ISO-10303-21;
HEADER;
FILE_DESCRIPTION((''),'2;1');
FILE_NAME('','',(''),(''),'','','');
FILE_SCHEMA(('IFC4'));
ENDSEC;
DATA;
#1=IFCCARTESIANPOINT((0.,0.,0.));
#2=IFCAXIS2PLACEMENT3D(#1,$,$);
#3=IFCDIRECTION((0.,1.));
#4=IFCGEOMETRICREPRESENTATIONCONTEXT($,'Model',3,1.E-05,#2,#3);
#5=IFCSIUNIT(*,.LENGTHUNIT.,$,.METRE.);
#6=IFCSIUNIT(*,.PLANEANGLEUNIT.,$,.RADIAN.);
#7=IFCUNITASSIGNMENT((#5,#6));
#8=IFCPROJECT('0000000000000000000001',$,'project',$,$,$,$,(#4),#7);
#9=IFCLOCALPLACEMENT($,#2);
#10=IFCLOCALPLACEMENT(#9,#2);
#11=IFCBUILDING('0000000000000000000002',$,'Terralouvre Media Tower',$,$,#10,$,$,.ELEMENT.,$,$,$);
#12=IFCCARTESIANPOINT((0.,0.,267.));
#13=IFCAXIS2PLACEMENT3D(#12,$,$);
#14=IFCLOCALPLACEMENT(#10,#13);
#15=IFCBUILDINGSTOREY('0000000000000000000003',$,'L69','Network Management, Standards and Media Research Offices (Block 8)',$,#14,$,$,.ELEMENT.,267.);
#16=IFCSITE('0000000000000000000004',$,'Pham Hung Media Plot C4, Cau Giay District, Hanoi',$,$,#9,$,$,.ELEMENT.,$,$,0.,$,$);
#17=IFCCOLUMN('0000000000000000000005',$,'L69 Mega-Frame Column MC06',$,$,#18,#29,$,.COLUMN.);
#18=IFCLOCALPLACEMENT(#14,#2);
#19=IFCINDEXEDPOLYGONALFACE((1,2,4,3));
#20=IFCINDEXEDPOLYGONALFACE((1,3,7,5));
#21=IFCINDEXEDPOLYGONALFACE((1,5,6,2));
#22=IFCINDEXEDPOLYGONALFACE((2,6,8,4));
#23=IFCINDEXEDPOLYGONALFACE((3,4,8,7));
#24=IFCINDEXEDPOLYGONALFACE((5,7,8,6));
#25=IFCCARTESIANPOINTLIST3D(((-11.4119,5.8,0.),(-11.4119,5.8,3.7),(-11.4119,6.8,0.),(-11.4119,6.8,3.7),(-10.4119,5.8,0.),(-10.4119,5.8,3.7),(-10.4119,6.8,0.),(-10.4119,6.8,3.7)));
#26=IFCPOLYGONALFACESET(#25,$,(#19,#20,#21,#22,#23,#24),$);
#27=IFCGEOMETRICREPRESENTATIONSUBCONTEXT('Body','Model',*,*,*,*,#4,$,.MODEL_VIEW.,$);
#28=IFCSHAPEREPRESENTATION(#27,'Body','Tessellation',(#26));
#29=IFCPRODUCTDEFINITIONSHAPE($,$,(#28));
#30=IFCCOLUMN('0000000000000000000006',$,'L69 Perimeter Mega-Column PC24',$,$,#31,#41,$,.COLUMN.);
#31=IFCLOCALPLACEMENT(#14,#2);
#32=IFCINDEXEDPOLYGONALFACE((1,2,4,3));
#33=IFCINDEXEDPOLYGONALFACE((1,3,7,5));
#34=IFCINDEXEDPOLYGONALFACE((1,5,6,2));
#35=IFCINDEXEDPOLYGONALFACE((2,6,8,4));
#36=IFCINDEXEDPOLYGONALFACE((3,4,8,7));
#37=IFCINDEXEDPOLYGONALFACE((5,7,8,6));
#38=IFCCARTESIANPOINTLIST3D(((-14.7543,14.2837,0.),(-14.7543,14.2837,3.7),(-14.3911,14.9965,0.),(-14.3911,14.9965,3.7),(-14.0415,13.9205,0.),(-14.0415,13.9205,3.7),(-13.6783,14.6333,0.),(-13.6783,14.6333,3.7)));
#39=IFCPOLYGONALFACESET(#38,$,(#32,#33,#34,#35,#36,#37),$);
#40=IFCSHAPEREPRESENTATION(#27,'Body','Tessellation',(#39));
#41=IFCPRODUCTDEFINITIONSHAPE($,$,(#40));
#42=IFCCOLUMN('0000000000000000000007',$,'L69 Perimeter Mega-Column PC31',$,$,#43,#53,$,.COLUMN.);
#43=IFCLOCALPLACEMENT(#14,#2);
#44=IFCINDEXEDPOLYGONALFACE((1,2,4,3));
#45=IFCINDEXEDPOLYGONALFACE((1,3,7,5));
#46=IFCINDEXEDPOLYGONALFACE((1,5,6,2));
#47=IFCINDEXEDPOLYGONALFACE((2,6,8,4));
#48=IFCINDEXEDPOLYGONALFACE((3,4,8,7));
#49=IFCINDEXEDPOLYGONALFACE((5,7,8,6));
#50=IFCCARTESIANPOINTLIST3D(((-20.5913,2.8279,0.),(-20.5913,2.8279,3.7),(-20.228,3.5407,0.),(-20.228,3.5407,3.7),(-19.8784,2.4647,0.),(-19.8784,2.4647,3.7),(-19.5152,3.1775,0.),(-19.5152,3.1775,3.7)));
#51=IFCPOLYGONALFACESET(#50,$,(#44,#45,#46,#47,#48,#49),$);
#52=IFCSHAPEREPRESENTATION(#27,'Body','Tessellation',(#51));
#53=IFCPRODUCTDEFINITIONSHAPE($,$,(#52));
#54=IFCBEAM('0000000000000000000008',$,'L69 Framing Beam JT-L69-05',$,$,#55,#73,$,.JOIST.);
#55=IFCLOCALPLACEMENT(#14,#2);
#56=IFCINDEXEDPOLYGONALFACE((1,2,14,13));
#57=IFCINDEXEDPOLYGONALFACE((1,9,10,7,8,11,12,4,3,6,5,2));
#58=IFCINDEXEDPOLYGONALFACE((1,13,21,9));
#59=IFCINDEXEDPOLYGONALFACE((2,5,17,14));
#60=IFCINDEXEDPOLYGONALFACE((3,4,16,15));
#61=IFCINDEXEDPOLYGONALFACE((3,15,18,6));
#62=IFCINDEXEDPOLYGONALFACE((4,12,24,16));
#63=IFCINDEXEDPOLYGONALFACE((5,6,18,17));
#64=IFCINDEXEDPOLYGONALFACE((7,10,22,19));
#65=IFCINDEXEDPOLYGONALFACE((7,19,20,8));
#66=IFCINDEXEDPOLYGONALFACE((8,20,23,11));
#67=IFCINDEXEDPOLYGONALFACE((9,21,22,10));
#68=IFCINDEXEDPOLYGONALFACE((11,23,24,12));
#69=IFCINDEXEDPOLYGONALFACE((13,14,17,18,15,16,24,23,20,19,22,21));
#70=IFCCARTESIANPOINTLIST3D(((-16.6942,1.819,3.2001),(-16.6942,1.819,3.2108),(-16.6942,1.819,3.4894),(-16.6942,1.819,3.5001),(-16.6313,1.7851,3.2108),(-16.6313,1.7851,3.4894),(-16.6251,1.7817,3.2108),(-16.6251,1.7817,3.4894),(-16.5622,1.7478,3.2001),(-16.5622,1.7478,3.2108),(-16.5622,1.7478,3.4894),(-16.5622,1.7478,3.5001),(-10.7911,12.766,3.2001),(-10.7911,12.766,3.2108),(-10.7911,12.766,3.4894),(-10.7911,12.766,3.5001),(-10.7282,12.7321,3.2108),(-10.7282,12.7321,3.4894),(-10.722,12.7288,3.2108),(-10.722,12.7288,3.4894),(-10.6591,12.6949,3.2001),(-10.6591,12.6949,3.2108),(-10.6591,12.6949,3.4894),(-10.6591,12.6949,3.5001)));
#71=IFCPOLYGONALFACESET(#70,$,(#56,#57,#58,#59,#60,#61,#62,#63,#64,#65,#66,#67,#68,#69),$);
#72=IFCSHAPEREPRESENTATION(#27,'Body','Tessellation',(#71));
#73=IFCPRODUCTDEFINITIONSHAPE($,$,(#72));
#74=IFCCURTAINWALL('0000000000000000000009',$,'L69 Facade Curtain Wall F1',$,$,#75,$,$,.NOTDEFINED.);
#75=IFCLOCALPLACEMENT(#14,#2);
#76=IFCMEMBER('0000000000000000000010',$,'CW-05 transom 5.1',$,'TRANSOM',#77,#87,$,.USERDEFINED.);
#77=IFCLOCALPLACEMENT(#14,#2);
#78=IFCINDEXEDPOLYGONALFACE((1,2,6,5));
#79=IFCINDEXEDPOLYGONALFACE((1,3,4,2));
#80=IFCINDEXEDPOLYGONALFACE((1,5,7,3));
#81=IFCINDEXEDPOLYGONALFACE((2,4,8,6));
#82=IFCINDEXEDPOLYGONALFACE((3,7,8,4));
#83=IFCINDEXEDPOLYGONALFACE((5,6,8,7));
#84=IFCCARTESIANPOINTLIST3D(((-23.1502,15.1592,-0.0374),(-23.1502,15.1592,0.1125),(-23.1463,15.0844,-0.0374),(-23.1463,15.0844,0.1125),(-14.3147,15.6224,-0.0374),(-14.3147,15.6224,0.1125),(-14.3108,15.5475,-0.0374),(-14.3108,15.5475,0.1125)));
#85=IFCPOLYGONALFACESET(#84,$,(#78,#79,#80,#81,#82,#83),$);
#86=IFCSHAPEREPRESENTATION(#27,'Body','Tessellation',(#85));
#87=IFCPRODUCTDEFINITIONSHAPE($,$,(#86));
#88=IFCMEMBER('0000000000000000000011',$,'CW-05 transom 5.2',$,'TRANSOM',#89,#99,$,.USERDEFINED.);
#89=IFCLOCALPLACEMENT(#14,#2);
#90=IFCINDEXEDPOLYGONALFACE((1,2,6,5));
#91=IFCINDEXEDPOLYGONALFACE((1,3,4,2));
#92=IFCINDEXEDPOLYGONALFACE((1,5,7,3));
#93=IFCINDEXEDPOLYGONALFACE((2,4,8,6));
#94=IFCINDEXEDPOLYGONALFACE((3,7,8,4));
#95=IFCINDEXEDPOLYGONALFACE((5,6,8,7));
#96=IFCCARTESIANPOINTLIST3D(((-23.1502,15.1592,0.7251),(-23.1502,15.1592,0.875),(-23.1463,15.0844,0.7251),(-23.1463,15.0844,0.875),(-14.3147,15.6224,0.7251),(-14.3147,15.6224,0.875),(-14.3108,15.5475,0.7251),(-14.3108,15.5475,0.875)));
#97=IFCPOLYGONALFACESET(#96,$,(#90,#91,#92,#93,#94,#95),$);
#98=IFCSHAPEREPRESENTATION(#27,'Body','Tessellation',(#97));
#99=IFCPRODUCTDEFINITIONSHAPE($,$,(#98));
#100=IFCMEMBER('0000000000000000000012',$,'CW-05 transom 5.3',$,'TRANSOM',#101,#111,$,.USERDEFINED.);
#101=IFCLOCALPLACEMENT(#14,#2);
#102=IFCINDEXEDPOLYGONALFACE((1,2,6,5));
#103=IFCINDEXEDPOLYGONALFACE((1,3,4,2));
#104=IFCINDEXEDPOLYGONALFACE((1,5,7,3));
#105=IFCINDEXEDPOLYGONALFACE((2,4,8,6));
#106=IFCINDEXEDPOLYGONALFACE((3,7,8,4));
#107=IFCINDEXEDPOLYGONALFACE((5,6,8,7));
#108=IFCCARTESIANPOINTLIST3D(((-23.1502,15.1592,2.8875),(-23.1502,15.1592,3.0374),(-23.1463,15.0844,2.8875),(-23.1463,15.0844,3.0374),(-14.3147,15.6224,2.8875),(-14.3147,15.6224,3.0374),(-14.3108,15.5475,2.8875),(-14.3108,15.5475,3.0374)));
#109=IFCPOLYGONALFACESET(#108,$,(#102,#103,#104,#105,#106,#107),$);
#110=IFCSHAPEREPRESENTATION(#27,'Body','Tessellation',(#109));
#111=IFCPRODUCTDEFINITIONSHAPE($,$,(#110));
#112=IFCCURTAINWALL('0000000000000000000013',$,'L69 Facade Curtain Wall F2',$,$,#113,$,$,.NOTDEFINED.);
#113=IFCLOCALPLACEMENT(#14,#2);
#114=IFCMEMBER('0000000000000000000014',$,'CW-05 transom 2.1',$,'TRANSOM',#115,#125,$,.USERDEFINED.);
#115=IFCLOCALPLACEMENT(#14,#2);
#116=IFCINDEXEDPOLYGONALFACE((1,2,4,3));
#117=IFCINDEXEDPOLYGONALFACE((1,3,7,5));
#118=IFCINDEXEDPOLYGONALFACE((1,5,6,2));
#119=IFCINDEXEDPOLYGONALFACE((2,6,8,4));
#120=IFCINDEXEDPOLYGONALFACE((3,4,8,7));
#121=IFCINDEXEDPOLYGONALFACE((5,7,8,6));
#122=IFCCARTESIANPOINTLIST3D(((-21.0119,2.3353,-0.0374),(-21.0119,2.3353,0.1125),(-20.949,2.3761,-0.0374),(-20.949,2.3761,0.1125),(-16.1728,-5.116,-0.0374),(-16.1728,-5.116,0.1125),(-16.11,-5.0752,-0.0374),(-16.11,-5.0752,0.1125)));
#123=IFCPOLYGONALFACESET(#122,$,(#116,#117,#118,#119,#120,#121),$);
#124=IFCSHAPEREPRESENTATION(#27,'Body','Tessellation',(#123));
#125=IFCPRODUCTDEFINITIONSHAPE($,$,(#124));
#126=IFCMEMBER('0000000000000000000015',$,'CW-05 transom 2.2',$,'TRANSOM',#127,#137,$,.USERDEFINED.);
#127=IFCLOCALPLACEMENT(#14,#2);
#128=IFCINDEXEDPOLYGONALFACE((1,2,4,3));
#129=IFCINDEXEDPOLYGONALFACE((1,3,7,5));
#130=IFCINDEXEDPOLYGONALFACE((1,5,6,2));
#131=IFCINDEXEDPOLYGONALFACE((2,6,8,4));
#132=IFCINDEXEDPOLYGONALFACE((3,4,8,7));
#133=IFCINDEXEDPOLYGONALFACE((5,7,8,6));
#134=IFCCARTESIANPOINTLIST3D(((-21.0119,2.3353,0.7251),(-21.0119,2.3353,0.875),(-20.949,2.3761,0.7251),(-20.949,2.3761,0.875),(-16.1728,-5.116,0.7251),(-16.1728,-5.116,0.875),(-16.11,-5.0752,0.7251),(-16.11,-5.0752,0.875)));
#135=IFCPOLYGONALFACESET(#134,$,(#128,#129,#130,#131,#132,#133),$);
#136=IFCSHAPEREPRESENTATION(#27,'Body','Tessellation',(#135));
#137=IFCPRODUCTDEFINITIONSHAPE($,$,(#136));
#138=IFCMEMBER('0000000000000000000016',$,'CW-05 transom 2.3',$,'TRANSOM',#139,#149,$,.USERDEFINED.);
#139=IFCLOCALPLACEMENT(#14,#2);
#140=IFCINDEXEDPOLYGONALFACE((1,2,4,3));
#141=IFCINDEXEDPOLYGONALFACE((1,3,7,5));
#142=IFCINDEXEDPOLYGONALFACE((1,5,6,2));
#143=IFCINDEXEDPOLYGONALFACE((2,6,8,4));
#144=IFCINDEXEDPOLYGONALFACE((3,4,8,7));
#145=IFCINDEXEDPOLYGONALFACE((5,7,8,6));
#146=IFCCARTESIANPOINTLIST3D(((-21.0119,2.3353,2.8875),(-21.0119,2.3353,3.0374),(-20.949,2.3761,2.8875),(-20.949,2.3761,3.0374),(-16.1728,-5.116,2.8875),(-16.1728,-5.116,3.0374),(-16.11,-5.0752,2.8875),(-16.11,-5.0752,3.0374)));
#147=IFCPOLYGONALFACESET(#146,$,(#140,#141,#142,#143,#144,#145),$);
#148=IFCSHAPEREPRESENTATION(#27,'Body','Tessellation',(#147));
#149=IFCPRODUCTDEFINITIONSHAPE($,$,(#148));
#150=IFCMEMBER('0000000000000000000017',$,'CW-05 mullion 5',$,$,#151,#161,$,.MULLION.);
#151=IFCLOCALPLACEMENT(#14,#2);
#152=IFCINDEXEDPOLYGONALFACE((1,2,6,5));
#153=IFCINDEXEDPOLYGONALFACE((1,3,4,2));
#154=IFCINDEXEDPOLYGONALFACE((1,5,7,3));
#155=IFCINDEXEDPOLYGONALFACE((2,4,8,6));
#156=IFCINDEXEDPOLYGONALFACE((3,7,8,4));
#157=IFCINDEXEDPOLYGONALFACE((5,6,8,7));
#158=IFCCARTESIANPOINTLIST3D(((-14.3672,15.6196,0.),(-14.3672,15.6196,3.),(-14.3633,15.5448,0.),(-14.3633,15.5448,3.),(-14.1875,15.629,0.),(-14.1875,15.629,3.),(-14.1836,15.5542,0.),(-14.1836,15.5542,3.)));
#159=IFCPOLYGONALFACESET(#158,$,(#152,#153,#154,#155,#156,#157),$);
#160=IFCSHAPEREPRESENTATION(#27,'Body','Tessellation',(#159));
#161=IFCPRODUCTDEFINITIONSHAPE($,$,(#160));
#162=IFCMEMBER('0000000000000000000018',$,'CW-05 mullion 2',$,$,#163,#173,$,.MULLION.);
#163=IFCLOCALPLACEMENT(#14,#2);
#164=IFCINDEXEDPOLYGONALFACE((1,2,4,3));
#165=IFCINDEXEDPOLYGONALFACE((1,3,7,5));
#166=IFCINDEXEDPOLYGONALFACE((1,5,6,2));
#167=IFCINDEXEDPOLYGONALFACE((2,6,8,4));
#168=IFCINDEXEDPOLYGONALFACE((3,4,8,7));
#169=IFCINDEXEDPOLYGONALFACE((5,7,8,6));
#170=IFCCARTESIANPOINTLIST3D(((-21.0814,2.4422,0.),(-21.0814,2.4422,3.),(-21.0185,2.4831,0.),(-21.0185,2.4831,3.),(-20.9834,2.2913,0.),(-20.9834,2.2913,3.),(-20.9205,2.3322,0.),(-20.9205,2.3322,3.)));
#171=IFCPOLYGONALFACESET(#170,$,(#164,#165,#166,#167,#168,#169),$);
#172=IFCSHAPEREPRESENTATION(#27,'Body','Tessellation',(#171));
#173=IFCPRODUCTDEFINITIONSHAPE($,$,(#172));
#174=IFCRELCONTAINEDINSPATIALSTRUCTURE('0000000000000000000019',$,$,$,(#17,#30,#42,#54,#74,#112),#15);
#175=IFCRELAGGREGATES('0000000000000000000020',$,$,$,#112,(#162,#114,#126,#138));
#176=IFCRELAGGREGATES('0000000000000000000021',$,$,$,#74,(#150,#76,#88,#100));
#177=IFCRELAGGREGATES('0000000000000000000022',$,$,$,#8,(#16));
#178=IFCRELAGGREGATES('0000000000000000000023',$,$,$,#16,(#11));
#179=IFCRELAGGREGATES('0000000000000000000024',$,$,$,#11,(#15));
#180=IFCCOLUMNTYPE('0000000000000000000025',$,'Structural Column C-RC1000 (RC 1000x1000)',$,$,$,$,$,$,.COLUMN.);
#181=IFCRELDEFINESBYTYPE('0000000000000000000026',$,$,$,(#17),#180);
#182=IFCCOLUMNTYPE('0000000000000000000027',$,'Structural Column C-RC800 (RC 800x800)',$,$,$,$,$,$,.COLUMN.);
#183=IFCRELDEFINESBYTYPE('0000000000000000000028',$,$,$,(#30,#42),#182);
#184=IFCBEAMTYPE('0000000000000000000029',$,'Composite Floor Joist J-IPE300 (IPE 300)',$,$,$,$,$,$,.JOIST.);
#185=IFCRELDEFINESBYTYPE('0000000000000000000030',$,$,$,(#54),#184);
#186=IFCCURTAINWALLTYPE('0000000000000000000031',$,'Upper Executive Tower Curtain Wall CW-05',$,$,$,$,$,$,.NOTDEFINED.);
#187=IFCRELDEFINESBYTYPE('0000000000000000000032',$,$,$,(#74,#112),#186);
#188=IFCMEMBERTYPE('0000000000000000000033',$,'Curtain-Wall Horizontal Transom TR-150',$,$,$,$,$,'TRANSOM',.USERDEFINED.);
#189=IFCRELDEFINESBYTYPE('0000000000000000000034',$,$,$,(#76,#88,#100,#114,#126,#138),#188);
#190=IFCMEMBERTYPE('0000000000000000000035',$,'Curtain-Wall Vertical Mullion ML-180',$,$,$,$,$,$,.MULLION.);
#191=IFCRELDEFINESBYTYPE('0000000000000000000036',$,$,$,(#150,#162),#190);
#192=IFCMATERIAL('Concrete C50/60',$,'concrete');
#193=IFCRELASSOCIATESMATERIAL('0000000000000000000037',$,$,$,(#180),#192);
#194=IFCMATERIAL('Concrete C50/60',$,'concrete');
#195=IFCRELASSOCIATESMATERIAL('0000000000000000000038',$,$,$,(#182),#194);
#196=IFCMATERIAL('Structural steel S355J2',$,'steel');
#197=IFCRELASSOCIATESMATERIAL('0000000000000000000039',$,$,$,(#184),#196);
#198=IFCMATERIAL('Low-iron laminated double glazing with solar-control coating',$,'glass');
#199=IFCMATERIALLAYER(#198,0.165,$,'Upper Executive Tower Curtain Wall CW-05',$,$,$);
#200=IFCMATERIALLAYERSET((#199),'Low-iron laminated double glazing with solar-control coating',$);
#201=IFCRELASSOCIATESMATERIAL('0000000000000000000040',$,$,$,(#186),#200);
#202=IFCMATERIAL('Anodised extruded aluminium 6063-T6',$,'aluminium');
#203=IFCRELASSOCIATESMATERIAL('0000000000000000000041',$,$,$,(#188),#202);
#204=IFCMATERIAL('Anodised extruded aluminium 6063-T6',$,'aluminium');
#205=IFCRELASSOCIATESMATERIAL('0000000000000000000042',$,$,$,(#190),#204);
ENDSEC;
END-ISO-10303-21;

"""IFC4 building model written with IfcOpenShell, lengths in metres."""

from ifc_helpers import new_model, si_unit, direction, frame, origin, origin_2d, place, context, subcontext, project, spatial, rectangle, i_section, extrude, material, layer, layer_set, material_profile, profile_set, type_object, element, aggregate, save


model = new_model("IFC4")

# Units and contexts
model_context = context("Model", 3, precision=1e-05, world=origin(), true_north=direction((0.0, 1.0)))
body_context = subcontext(model_context, "Body", "Model", "MODEL_VIEW")
ifc_project = project(units=[si_unit("LENGTHUNIT", "METRE"), si_unit("PLANEANGLEUNIT", "RADIAN")], contexts=[model_context])

# Site, building, storey
site_placement = place(None, origin())
site = spatial("IfcSite", under=ifc_project, at=site_placement, Name="Pham Hung Media Plot C4, Cau Giay District, Hanoi", CompositionType="ELEMENT", RefElevation=0.0)
building_placement = place(site_placement, origin())
building = spatial("IfcBuilding", under=site, at=building_placement, Name="Terralouvre Media Tower", CompositionType="ELEMENT")
storey_placement = place(building_placement, frame((0.0, 0.0, 267.0)))
storey = spatial("IfcBuildingStorey", under=building, at=storey_placement, Name="L69", Description="Network Management, Standards and Media Research Offices (Block 8)", CompositionType="ELEMENT", Elevation=267.0)

# Columns
ifc_material_1 = material(Name="Concrete C50/60", Category="concrete")
ifc_material_profile_1 = material_profile(ifc_material_1, rectangle(XDim=1.0, YDim=1.0, at=origin_2d()), Name="RC 1000x1000")
ifc_profile_set_1 = profile_set([ifc_material_profile_1], Name="Concrete C50/60")
column_type_1 = type_object("IfcColumnType", Name="Structural Column C-RC1000 (RC 1000x1000)", PredefinedType="COLUMN", material=ifc_profile_set_1)
column_placement = place(storey_placement, frame((-10.9119, 6.3, 0.0), z_axis=(0.0, 0.0, 1.0), x_axis=(1.0, 0.0, 0.0)))
element("IfcColumn", 1, at=column_placement, inside=storey, type_object=column_type_1, Name="L69 Mega-Frame Column MC06", PredefinedType="COLUMN", context=body_context, shape_type="SweptSolid", body=[
    extrude(rectangle(XDim=1.0, YDim=1.0, at=origin_2d()), origin(), (0.0, 0.0, 1.0), 3.7),
])
ifc_material_2 = material(Name="Concrete C50/60", Category="concrete")
ifc_material_profile_2 = material_profile(ifc_material_2, rectangle(XDim=0.8, YDim=0.8, at=origin_2d()), Name="RC 800x800")
ifc_profile_set_2 = profile_set([ifc_material_profile_2], Name="Concrete C50/60")
column_type_2 = type_object("IfcColumnType", Name="Structural Column C-RC800 (RC 800x800)", PredefinedType="COLUMN", material=ifc_profile_set_2)
for number, where, z_axis, x_axis, name in (
    (2, (-14.2163, 14.4585, 0.0), (0.0, 0.0, 1.0), (0.45399, 0.891007, 0.0), "L69 Perimeter Mega-Column PC24"),
    (3, (-20.0532, 3.0027, 0.0), (0.0, 0.0, 1.0), (0.45399, 0.891007, 0.0), "L69 Perimeter Mega-Column PC31"),
):
    element("IfcColumn", number, at=place(storey_placement, frame(where, z_axis=z_axis, x_axis=x_axis)), inside=storey, type_object=column_type_2, Name=name, PredefinedType="COLUMN", context=body_context, shape_type="SweptSolid", body=[
        extrude(rectangle(XDim=0.8, YDim=0.8, at=origin_2d()), origin(), (0.0, 0.0, 1.0), 3.7),
    ])

# Beam
ifc_material_3 = material(Name="Structural steel S355J2", Category="steel")
ifc_material_profile_3 = material_profile(ifc_material_3, i_section(OverallWidth=0.1499, OverallDepth=0.3, WebThickness=0.0071, FlangeThickness=0.0107, at=origin_2d()), Name="IPE 300")
ifc_profile_set_3 = profile_set([ifc_material_profile_3], Name="Structural steel S355J2")
beam_type_1 = type_object("IfcBeamType", Name="Composite Floor Joist J-IPE300 (IPE 300)", PredefinedType="JOIST", material=ifc_profile_set_3)
beam_1_placement = place(storey_placement, frame((-10.7251, 12.7305, 3.3501), z_axis=(-0.474631, -0.880185, 0.0), x_axis=(0.880185, -0.474631, 0.0)))
element("IfcBeam", 4, at=beam_1_placement, inside=storey, type_object=beam_type_1, Name="L69 Framing Beam JT-L69-05", PredefinedType="JOIST", context=body_context, shape_type="SweptSolid", body=[
    extrude(i_section(OverallWidth=0.1499, OverallDepth=0.3, WebThickness=0.0071, FlangeThickness=0.0107, at=origin_2d()), origin(), (0.0, 0.0, 1.0), 12.4373),
])

# Curtain walls, members
ifc_material_4 = material(Name="Low-iron laminated double glazing with solar-control coating", Category="glass")
ifc_layer_1 = layer(ifc_material_4, 0.165, Name="Upper Executive Tower Curtain Wall CW-05")
ifc_layer_set_1 = layer_set([ifc_layer_1], Name="Low-iron laminated double glazing with solar-control coating")
curtain_wall_type = type_object("IfcCurtainWallType", Name="Upper Executive Tower Curtain Wall CW-05", PredefinedType="NOTDEFINED", material=ifc_layer_set_1)
curtain_wall_1_placement = place(storey_placement, origin())
curtain_wall_1 = element("IfcCurtainWall", 5, at=curtain_wall_1_placement, inside=storey, type_object=curtain_wall_type, Name="L69 Facade Curtain Wall F1", PredefinedType="NOTDEFINED")
ifc_material_5 = material(Name="Anodised extruded aluminium 6063-T6", Category="aluminium")
ifc_material_profile_4 = material_profile(ifc_material_5, rectangle(XDim=0.075, YDim=0.1499, at=origin_2d()), Name="ALU 75x150")
ifc_profile_set_4 = profile_set([ifc_material_profile_4], Name="Anodised extruded aluminium 6063-T6")
member_type_1 = type_object("IfcMemberType", Name="Curtain-Wall Horizontal Transom TR-150", ElementType="TRANSOM", PredefinedType="USERDEFINED", material=ifc_profile_set_4)
member_1_placement = place(storey_placement, frame((-14.3127, 15.585, 0.0376), z_axis=(-0.998629, -0.052346, 0.0), x_axis=(0.052346, -0.998629, 0.0)))
member_1 = element("IfcMember", 6, at=member_1_placement, type_object=member_type_1, Name="CW-05 transom 5.1", ObjectType="TRANSOM", PredefinedType="USERDEFINED", context=body_context, shape_type="SweptSolid", body=[
    extrude(rectangle(XDim=0.075, YDim=0.1499, at=origin_2d()), origin(), (0.0, 0.0, 1.0), 8.8477),
])
member_2_placement = place(storey_placement, frame((-14.3127, 15.585, 0.8), z_axis=(-0.998629, -0.052346, 0.0), x_axis=(0.052346, -0.998629, 0.0)))
member_2 = element("IfcMember", 7, at=member_2_placement, type_object=member_type_1, Name="CW-05 transom 5.2", ObjectType="TRANSOM", PredefinedType="USERDEFINED", context=body_context, shape_type="SweptSolid", body=[
    extrude(rectangle(XDim=0.075, YDim=0.1499, at=origin_2d()), origin(), (0.0, 0.0, 1.0), 8.8477),
])
member_3_placement = place(storey_placement, frame((-14.3127, 15.585, 2.9624), z_axis=(-0.998629, -0.052346, 0.0), x_axis=(0.052346, -0.998629, 0.0)))
member_3 = element("IfcMember", 8, at=member_3_placement, type_object=member_type_1, Name="CW-05 transom 5.3", ObjectType="TRANSOM", PredefinedType="USERDEFINED", context=body_context, shape_type="SweptSolid", body=[
    extrude(rectangle(XDim=0.075, YDim=0.1499, at=origin_2d()), origin(), (0.0, 0.0, 1.0), 8.8477),
])
curtain_wall_2_placement = place(storey_placement, origin())
curtain_wall_2 = element("IfcCurtainWall", 9, at=curtain_wall_2_placement, inside=storey, type_object=curtain_wall_type, Name="L69 Facade Curtain Wall F2", PredefinedType="NOTDEFINED")
member_4_placement = place(storey_placement, frame((-20.9805, 2.3557, 0.0376), z_axis=(0.544647, -0.838665, 0.0), x_axis=(0.838665, 0.544647, 0.0)))
member_4 = element("IfcMember", 10, at=member_4_placement, type_object=member_type_1, Name="CW-05 transom 2.1", ObjectType="TRANSOM", PredefinedType="USERDEFINED", context=body_context, shape_type="SweptSolid", body=[
    extrude(rectangle(XDim=0.075, YDim=0.1499, at=origin_2d()), origin(), (0.0, 0.0, 1.0), 8.8848),
])
member_5_placement = place(storey_placement, frame((-20.9805, 2.3557, 0.8), z_axis=(0.544647, -0.838665, 0.0), x_axis=(0.838665, 0.544647, 0.0)))
member_5 = element("IfcMember", 11, at=member_5_placement, type_object=member_type_1, Name="CW-05 transom 2.2", ObjectType="TRANSOM", PredefinedType="USERDEFINED", context=body_context, shape_type="SweptSolid", body=[
    extrude(rectangle(XDim=0.075, YDim=0.1499, at=origin_2d()), origin(), (0.0, 0.0, 1.0), 8.8848),
])
member_6_placement = place(storey_placement, frame((-20.9805, 2.3557, 2.9624), z_axis=(0.544647, -0.838665, 0.0), x_axis=(0.838665, 0.544647, 0.0)))
member_6 = element("IfcMember", 12, at=member_6_placement, type_object=member_type_1, Name="CW-05 transom 2.3", ObjectType="TRANSOM", PredefinedType="USERDEFINED", context=body_context, shape_type="SweptSolid", body=[
    extrude(rectangle(XDim=0.075, YDim=0.1499, at=origin_2d()), origin(), (0.0, 0.0, 1.0), 8.8848),
])

# Members
ifc_material_6 = material(Name="Anodised extruded aluminium 6063-T6", Category="aluminium")
ifc_material_profile_5 = material_profile(ifc_material_6, rectangle(XDim=0.075, YDim=0.1799, at=origin_2d()), Name="ALU 75x180")
ifc_profile_set_5 = profile_set([ifc_material_profile_5], Name="Anodised extruded aluminium 6063-T6")
member_type_2 = type_object("IfcMemberType", Name="Curtain-Wall Vertical Mullion ML-180", PredefinedType="MULLION", material=ifc_profile_set_5)
member_7_placement = place(storey_placement, frame((-14.2754, 15.5869, 0.0), z_axis=(0.0, 0.0, 1.0), x_axis=(0.052336, -0.99863, 0.0)))
member_7 = element("IfcMember", 13, at=member_7_placement, type_object=member_type_2, Name="CW-05 mullion 5", PredefinedType="MULLION", context=body_context, shape_type="SweptSolid", body=[
    extrude(rectangle(XDim=0.075, YDim=0.1799, at=origin_2d()), origin(), (0.0, 0.0, 1.0), 3.0),
])
member_8_placement = place(storey_placement, frame((-21.001, 2.3872, 0.0), z_axis=(0.0, 0.0, 1.0), x_axis=(0.838671, 0.544639, 0.0)))
member_8 = element("IfcMember", 14, at=member_8_placement, type_object=member_type_2, Name="CW-05 mullion 2", PredefinedType="MULLION", context=body_context, shape_type="SweptSolid", body=[
    extrude(rectangle(XDim=0.075, YDim=0.1799, at=origin_2d()), origin(), (0.0, 0.0, 1.0), 3.0),
])
aggregate(curtain_wall_2, [member_8, member_4, member_5, member_6])

aggregate(curtain_wall_1, [member_7, member_1, member_2, member_3])

save(model, "model.ifc")
